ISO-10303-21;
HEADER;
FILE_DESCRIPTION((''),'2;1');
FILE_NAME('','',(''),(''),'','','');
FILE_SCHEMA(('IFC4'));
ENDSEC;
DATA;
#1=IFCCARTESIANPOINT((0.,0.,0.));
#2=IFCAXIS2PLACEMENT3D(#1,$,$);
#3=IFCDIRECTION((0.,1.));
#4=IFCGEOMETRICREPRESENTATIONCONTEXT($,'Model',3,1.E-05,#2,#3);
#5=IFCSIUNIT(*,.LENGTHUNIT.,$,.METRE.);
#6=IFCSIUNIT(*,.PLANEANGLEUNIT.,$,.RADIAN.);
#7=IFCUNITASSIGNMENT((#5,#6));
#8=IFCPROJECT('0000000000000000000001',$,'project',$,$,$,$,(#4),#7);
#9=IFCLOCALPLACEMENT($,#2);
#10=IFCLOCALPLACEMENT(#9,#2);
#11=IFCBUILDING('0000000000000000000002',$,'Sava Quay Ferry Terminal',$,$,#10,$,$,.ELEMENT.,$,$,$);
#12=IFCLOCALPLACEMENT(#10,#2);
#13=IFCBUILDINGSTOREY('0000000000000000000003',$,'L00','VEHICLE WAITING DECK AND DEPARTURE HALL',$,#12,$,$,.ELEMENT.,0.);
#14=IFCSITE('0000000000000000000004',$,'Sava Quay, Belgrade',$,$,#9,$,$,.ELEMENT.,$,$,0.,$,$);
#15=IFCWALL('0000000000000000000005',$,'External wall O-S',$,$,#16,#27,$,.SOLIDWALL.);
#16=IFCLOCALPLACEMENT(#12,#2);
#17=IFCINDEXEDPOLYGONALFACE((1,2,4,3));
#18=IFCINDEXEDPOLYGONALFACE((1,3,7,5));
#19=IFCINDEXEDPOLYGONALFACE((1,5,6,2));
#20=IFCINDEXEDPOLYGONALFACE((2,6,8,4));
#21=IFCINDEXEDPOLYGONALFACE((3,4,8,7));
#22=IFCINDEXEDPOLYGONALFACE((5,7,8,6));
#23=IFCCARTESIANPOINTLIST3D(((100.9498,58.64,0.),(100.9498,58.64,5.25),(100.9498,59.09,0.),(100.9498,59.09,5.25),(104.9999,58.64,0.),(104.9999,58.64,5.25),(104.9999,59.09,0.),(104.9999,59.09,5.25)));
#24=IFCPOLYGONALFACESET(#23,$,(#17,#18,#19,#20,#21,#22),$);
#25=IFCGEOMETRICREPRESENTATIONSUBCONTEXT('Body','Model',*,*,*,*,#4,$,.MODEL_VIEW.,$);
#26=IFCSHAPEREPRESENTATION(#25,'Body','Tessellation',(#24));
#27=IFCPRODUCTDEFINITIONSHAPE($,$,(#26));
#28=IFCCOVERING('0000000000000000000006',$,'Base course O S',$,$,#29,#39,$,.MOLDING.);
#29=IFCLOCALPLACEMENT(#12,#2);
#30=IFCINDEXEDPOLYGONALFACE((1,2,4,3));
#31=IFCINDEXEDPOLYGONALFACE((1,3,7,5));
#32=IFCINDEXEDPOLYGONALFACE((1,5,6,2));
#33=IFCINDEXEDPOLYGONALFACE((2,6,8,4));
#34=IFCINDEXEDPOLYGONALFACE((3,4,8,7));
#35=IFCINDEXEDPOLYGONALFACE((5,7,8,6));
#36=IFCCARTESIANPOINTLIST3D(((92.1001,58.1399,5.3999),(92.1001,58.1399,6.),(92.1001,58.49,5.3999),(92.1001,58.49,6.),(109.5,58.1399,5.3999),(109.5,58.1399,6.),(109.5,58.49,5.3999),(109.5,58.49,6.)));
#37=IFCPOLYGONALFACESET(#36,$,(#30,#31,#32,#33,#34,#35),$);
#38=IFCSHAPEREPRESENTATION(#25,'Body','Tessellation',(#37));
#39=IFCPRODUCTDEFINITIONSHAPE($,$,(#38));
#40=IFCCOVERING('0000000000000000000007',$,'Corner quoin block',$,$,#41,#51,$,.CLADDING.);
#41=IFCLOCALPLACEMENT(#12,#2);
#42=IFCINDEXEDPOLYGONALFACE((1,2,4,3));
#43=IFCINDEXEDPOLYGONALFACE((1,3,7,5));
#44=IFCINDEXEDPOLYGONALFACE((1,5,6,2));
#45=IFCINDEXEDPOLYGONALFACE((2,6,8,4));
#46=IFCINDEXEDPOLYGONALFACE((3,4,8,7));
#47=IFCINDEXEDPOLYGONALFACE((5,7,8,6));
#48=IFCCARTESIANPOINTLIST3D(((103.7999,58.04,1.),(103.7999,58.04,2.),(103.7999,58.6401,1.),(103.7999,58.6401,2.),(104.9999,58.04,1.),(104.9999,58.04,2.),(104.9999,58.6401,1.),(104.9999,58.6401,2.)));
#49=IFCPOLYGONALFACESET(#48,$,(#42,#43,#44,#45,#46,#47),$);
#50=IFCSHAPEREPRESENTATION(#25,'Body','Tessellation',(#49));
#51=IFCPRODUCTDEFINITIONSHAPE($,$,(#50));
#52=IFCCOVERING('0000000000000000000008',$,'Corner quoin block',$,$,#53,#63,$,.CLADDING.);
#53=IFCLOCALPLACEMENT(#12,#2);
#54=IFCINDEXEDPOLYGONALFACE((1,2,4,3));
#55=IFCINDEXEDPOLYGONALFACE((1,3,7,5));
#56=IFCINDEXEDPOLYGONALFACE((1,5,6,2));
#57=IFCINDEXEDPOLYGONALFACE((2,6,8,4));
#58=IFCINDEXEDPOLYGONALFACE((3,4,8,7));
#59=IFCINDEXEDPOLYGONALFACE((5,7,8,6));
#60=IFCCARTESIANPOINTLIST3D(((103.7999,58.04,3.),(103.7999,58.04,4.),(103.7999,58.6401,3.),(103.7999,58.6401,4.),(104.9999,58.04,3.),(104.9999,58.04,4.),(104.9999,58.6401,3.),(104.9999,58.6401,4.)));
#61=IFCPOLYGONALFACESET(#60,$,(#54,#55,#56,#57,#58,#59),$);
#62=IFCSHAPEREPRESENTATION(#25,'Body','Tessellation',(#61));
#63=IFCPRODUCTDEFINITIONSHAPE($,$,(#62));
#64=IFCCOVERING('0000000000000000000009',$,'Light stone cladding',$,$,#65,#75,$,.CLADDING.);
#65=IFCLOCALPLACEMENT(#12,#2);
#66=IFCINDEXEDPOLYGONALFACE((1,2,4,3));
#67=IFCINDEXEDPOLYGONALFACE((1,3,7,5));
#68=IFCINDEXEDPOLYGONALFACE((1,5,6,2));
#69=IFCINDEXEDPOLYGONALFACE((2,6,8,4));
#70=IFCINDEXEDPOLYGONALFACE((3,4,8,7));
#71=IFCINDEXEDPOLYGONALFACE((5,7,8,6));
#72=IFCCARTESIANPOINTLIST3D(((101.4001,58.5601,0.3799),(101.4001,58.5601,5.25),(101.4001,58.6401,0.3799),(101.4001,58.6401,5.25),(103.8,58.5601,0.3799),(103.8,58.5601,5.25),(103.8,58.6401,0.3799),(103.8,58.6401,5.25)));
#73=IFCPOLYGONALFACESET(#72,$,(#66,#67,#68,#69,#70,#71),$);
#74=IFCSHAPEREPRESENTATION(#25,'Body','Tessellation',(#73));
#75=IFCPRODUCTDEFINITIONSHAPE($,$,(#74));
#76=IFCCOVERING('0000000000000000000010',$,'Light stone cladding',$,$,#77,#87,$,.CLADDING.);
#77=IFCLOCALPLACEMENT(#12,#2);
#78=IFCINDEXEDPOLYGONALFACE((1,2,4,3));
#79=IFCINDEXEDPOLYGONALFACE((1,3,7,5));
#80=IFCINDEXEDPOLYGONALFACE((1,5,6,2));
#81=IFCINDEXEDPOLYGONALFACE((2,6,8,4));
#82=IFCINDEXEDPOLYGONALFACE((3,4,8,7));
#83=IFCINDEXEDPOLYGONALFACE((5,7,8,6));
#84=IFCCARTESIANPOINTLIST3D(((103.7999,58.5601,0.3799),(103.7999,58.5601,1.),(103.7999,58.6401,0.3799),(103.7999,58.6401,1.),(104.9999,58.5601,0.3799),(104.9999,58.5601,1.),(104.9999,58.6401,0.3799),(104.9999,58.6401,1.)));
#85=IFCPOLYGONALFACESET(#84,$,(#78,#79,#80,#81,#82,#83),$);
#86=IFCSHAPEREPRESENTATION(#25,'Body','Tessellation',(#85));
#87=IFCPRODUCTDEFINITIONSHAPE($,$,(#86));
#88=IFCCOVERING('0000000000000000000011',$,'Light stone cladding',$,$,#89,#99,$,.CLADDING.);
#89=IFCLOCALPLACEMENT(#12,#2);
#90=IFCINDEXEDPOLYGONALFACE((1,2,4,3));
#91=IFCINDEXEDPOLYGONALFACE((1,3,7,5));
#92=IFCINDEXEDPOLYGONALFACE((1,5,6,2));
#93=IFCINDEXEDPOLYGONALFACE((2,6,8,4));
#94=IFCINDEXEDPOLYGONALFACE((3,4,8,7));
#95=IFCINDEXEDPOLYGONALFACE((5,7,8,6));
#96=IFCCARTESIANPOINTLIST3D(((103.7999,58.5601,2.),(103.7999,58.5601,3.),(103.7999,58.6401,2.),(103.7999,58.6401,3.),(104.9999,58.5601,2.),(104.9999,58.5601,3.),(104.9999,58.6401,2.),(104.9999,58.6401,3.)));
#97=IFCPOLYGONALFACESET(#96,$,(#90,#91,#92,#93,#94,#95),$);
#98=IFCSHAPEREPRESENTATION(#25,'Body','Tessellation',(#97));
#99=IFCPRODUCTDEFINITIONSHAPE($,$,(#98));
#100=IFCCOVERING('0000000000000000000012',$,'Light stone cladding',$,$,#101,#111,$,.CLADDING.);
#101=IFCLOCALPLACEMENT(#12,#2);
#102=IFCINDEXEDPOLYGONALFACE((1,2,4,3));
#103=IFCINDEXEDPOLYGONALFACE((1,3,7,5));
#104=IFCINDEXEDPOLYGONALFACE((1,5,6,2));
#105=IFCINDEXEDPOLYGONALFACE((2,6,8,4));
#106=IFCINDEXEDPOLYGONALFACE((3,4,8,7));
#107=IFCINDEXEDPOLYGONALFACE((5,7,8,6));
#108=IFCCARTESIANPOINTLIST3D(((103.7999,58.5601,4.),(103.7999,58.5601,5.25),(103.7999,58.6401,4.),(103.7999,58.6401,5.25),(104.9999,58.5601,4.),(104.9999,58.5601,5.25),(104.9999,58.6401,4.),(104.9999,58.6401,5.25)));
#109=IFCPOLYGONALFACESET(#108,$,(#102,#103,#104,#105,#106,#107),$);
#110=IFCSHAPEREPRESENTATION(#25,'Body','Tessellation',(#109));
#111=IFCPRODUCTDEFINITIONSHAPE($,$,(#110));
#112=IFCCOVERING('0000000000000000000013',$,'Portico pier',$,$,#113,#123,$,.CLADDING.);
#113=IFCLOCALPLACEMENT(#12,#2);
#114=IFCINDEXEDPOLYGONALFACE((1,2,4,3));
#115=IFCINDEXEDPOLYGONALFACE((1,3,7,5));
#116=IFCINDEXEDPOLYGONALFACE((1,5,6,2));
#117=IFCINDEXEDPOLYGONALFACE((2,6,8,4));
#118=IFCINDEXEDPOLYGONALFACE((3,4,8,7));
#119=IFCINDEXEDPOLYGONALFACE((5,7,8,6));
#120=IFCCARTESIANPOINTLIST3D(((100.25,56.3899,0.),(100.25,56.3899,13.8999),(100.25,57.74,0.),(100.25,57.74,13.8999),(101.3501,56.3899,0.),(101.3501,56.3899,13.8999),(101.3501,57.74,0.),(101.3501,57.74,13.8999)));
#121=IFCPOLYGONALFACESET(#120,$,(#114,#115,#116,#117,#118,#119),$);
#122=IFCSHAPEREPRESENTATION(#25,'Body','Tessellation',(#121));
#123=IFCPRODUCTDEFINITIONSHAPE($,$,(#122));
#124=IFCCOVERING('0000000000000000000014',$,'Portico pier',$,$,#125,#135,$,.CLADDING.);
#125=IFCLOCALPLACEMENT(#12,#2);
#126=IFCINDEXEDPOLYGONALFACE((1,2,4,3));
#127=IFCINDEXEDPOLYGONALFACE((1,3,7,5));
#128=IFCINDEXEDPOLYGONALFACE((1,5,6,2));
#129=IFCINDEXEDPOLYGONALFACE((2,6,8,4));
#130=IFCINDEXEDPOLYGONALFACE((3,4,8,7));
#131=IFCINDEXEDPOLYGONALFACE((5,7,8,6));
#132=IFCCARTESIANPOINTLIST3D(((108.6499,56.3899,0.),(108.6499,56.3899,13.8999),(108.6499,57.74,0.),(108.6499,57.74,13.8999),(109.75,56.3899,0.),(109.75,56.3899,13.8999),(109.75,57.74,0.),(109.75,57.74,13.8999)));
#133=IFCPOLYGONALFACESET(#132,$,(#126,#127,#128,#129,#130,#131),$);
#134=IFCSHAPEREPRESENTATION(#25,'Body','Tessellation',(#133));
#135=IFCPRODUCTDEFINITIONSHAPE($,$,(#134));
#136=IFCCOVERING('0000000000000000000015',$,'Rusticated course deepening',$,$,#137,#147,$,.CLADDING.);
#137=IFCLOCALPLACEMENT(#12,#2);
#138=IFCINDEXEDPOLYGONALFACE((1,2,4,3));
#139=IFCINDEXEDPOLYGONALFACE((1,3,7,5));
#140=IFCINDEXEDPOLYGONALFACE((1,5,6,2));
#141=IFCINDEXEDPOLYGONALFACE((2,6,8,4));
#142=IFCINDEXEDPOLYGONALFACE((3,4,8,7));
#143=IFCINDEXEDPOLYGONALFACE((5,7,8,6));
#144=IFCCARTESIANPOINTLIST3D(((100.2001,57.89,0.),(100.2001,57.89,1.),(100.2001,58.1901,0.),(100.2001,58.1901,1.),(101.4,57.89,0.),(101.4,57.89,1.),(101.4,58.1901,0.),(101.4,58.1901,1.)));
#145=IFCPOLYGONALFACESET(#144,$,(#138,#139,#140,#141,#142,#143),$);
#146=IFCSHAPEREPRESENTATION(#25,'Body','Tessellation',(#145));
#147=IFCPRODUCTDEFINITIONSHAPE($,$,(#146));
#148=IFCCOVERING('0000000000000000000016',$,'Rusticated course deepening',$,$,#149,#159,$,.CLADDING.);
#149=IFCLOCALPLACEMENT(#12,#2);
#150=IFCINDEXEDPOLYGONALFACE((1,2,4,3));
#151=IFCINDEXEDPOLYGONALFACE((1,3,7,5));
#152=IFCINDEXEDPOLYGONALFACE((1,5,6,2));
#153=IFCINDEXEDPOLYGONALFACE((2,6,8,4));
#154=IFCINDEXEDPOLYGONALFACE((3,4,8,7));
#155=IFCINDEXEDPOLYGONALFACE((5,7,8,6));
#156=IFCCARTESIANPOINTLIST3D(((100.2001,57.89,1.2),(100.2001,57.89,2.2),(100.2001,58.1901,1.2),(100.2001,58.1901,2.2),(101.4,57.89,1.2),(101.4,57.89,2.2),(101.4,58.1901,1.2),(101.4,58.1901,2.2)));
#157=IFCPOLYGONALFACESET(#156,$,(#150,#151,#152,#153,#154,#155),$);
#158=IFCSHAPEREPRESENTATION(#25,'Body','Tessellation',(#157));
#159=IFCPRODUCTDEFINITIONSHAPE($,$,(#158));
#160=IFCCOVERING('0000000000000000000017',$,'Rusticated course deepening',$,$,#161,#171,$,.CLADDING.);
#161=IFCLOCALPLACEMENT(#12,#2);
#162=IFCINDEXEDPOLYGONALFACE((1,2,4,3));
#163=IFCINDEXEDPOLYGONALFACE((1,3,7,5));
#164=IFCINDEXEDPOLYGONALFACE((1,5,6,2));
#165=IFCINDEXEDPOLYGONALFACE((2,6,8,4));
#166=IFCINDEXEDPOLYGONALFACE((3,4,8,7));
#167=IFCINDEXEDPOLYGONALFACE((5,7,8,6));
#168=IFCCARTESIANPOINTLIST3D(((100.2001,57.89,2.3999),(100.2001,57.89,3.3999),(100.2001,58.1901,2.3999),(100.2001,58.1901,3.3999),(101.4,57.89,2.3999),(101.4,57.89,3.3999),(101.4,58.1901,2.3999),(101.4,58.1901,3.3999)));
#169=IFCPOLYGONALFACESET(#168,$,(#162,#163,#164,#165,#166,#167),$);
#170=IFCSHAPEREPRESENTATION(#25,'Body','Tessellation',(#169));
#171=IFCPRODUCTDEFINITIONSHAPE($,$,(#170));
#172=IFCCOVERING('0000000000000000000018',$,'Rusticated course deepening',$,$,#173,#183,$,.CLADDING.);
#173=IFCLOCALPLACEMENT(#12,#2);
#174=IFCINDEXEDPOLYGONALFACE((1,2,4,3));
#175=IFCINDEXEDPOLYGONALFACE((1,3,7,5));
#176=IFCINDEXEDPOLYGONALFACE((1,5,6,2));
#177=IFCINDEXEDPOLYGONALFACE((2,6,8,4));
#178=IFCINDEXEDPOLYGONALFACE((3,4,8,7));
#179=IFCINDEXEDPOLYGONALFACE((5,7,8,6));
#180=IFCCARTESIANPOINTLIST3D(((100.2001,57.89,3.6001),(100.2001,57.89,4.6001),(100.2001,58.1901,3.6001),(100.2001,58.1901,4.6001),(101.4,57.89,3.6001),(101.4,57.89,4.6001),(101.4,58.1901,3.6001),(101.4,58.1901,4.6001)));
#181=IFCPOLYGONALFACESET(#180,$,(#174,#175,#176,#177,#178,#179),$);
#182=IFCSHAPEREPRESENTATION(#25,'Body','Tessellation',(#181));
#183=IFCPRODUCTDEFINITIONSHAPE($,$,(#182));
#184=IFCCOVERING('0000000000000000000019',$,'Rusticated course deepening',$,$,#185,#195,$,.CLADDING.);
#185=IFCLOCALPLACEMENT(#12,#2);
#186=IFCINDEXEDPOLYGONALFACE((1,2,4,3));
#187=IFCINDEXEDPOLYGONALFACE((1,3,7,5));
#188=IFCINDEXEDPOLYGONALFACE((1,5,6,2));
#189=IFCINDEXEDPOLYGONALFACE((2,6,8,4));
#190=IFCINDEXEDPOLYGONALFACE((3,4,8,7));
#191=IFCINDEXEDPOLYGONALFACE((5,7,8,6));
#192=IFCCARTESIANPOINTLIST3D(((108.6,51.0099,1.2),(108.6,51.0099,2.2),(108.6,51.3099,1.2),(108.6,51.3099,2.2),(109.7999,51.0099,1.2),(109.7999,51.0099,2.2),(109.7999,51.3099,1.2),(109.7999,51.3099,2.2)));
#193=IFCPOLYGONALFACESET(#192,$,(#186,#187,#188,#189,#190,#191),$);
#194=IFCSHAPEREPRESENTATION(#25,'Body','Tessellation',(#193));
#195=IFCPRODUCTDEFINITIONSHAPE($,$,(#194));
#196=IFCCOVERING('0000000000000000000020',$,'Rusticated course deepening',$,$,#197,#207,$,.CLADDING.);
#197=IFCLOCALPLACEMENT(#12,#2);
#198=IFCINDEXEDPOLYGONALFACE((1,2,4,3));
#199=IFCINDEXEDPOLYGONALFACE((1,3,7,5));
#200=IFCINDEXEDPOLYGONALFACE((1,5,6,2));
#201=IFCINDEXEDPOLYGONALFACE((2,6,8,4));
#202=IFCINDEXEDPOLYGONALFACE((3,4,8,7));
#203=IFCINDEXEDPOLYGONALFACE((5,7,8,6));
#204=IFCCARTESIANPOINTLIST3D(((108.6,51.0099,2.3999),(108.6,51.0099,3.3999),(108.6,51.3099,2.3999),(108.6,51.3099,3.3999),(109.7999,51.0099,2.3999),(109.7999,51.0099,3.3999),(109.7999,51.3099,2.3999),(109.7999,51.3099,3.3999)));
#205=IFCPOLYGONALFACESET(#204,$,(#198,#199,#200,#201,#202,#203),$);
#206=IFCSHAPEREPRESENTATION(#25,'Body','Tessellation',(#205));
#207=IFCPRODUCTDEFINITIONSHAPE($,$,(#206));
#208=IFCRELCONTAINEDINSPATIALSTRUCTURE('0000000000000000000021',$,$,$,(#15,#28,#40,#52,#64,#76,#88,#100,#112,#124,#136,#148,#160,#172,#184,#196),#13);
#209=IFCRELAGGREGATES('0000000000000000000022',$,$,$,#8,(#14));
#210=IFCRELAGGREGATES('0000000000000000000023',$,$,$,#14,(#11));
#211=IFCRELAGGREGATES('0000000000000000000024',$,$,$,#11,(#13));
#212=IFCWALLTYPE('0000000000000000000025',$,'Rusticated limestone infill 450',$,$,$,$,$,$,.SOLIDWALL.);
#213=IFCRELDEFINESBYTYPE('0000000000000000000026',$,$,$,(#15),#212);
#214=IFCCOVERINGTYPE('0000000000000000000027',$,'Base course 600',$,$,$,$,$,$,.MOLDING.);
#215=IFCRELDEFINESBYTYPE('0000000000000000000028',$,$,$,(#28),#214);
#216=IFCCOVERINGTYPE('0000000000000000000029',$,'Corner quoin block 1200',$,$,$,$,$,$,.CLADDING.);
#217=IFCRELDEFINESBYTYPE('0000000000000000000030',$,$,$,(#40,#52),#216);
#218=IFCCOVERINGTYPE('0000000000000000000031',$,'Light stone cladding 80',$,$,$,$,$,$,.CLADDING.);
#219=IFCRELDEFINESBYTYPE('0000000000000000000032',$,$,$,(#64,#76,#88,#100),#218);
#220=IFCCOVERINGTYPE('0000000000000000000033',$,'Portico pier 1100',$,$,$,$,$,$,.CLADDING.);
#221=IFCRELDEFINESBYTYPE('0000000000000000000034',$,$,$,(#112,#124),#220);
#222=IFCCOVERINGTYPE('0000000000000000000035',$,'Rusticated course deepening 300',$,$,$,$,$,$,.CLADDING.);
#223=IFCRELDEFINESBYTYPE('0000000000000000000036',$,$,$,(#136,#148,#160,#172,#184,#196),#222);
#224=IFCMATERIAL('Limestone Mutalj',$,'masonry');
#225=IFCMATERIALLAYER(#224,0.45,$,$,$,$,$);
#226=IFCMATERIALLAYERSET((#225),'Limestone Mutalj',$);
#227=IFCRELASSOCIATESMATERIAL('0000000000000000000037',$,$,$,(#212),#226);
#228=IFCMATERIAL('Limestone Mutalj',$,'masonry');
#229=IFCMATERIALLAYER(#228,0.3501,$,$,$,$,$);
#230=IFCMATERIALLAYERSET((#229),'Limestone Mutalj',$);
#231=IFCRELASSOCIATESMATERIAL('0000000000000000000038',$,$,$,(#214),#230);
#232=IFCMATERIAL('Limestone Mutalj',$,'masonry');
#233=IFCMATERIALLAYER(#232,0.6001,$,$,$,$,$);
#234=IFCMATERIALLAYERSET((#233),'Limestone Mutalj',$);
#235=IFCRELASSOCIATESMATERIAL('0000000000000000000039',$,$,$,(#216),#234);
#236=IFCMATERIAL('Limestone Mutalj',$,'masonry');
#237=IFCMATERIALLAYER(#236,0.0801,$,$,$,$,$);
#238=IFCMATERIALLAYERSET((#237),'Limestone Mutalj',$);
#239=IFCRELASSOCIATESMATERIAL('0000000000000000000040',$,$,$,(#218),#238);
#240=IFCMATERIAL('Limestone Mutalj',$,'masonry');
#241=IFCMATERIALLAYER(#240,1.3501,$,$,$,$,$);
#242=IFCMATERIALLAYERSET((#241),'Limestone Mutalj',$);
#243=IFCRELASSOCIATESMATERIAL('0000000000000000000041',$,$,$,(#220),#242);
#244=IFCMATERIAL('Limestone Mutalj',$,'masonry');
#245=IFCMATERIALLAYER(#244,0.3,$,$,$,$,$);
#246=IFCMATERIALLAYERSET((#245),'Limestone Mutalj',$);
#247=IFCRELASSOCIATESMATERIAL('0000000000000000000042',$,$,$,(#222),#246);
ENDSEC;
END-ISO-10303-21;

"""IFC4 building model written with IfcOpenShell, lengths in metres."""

from ifc_helpers import new_model, si_unit, direction, frame, frame_2d, origin, origin_2d, place, context, subcontext, project, spatial, rectangle, extrude, material, layer, layer_set, type_object, element, save


model = new_model("IFC4")

# Units and contexts
model_context = context("Model", 3, precision=1e-05, world=origin(), true_north=direction((0.0, 1.0)))
body_context = subcontext(model_context, "Body", "Model", "MODEL_VIEW")
ifc_project = project(units=[si_unit("LENGTHUNIT", "METRE"), si_unit("PLANEANGLEUNIT", "RADIAN")], contexts=[model_context])

# Site, building, storey
site_placement = place(None, origin())
site = spatial("IfcSite", under=ifc_project, at=site_placement, Name="Sava Quay, Belgrade", CompositionType="ELEMENT", RefElevation=0.0)
building_placement = place(site_placement, origin())
building = spatial("IfcBuilding", under=site, at=building_placement, Name="Sava Quay Ferry Terminal", CompositionType="ELEMENT")
storey_placement = place(building_placement, origin())
storey = spatial("IfcBuildingStorey", under=building, at=storey_placement, Name="L00", Description="VEHICLE WAITING DECK AND DEPARTURE HALL", CompositionType="ELEMENT", Elevation=0.0)

# Wall
ifc_material_1 = material(Name="Limestone Mutalj", Category="masonry")
ifc_layer_1 = layer(ifc_material_1, 0.45)
ifc_layer_set_1 = layer_set([ifc_layer_1], Name="Limestone Mutalj")
wall_type_1 = type_object("IfcWallType", Name="Rusticated limestone infill 450", PredefinedType="SOLIDWALL", material=ifc_layer_set_1)
wall_1_placement = place(storey_placement, frame((100.95, 58.865, 0.0), z_axis=(0.0, 0.0, 1.0), x_axis=(1.0, 0.0, 0.0)))
element("IfcWall", 1, at=wall_1_placement, inside=storey, type_object=wall_type_1, Name="External wall O-S", PredefinedType="SOLIDWALL", context=body_context, shape_type="SweptSolid", body=[
    extrude(rectangle(XDim=4.05, YDim=0.45, at=frame_2d((2.0249, 0.0))), origin(), (0.0, 0.0, 1.0), 5.25),
])

# Coverings
ifc_material_2 = material(Name="Limestone Mutalj", Category="masonry")
ifc_layer_2 = layer(ifc_material_2, 0.3501)
ifc_layer_set_2 = layer_set([ifc_layer_2], Name="Limestone Mutalj")
covering_type_1 = type_object("IfcCoveringType", Name="Base course 600", PredefinedType="MOLDING", material=ifc_layer_set_2)
covering_1_placement = place(storey_placement, frame((100.8, 58.3149, 5.3999), z_axis=(0.0, 0.0, 1.0), x_axis=(1.0, 0.0, 0.0)))
element("IfcCovering", 2, at=covering_1_placement, inside=storey, type_object=covering_type_1, Name="Base course O S", PredefinedType="MOLDING", context=body_context, shape_type="SweptSolid", body=[
    extrude(rectangle(XDim=17.3999, YDim=0.3501, at=origin_2d()), origin(), (0.0, 0.0, 1.0), 0.6001),
])
ifc_material_3 = material(Name="Limestone Mutalj", Category="masonry")
ifc_layer_3 = layer(ifc_material_3, 0.6001)
ifc_layer_set_3 = layer_set([ifc_layer_3], Name="Limestone Mutalj")
covering_type_2 = type_object("IfcCoveringType", Name="Corner quoin block 1200", PredefinedType="CLADDING", material=ifc_layer_set_3)
for number, where, z_axis, x_axis, name in (
    (3, (104.3999, 58.3401, 1.0), (0.0, 0.0, 1.0), (1.0, 0.0, 0.0), "Corner quoin block"),
    (4, (104.3999, 58.3401, 3.0), (0.0, 0.0, 1.0), (1.0, 0.0, 0.0), "Corner quoin block"),
):
    element("IfcCovering", number, at=place(storey_placement, frame(where, z_axis=z_axis, x_axis=x_axis)), inside=storey, type_object=covering_type_2, Name=name, PredefinedType="CLADDING", context=body_context, shape_type="SweptSolid", body=[
        extrude(rectangle(XDim=1.2, YDim=0.6001, at=origin_2d()), origin(), (0.0, 0.0, 1.0), 1.0),
    ])
ifc_material_4 = material(Name="Limestone Mutalj", Category="masonry")
ifc_layer_4 = layer(ifc_material_4, 0.0801)
ifc_layer_set_4 = layer_set([ifc_layer_4], Name="Limestone Mutalj")
covering_type_3 = type_object("IfcCoveringType", Name="Light stone cladding 80", PredefinedType="CLADDING", material=ifc_layer_set_4)
covering_2_placement = place(storey_placement, frame((102.6001, 58.6001, 0.3799), z_axis=(0.0, 0.0, 1.0), x_axis=(1.0, 0.0, 0.0)))
element("IfcCovering", 5, at=covering_2_placement, inside=storey, type_object=covering_type_3, Name="Light stone cladding", PredefinedType="CLADDING", context=body_context, shape_type="SweptSolid", body=[
    extrude(rectangle(XDim=2.3999, YDim=0.0801, at=origin_2d()), origin(), (0.0, 0.0, 1.0), 4.8701),
])
covering_3_placement = place(storey_placement, frame((104.3999, 58.6001, 0.3799), z_axis=(0.0, 0.0, 1.0), x_axis=(1.0, 0.0, 0.0)))
element("IfcCovering", 6, at=covering_3_placement, inside=storey, type_object=covering_type_3, Name="Light stone cladding", PredefinedType="CLADDING", context=body_context, shape_type="SweptSolid", body=[
    extrude(rectangle(XDim=1.2, YDim=0.0801, at=origin_2d()), origin(), (0.0, 0.0, 1.0), 0.6201),
])
covering_4_placement = place(storey_placement, frame((104.3999, 58.6001, 2.0), z_axis=(0.0, 0.0, 1.0), x_axis=(1.0, 0.0, 0.0)))
element("IfcCovering", 7, at=covering_4_placement, inside=storey, type_object=covering_type_3, Name="Light stone cladding", PredefinedType="CLADDING", context=body_context, shape_type="SweptSolid", body=[
    extrude(rectangle(XDim=1.2, YDim=0.0801, at=origin_2d()), origin(), (0.0, 0.0, 1.0), 1.0),
])
covering_5_placement = place(storey_placement, frame((104.3999, 58.6001, 4.0), z_axis=(0.0, 0.0, 1.0), x_axis=(1.0, 0.0, 0.0)))
element("IfcCovering", 8, at=covering_5_placement, inside=storey, type_object=covering_type_3, Name="Light stone cladding", PredefinedType="CLADDING", context=body_context, shape_type="SweptSolid", body=[
    extrude(rectangle(XDim=1.2, YDim=0.0801, at=origin_2d()), origin(), (0.0, 0.0, 1.0), 1.25),
])
ifc_material_5 = material(Name="Limestone Mutalj", Category="masonry")
ifc_layer_5 = layer(ifc_material_5, 1.3501)
ifc_layer_set_5 = layer_set([ifc_layer_5], Name="Limestone Mutalj")
covering_type_4 = type_object("IfcCoveringType", Name="Portico pier 1100", PredefinedType="CLADDING", material=ifc_layer_set_5)
for number, where, z_axis, x_axis, name in (
    (9, (100.8, 57.0649, 0.0), (0.0, 0.0, 1.0), (1.0, 0.0, 0.0), "Portico pier"),
    (10, (109.2, 57.0649, 0.0), (0.0, 0.0, 1.0), (1.0, 0.0, 0.0), "Portico pier"),
):
    element("IfcCovering", number, at=place(storey_placement, frame(where, z_axis=z_axis, x_axis=x_axis)), inside=storey, type_object=covering_type_4, Name=name, PredefinedType="CLADDING", context=body_context, shape_type="SweptSolid", body=[
        extrude(rectangle(XDim=1.1001, YDim=1.3501, at=origin_2d()), origin(), (0.0, 0.0, 1.0), 13.8999),
    ])
ifc_material_6 = material(Name="Limestone Mutalj", Category="masonry")
ifc_layer_6 = layer(ifc_material_6, 0.3)
ifc_layer_set_6 = layer_set([ifc_layer_6], Name="Limestone Mutalj")
covering_type_5 = type_object("IfcCoveringType", Name="Rusticated course deepening 300", PredefinedType="CLADDING", material=ifc_layer_set_6)
for number, where, z_axis, x_axis, name in (
    (11, (100.8, 58.04, 0.0), (0.0, 0.0, 1.0), (1.0, 0.0, 0.0), "Rusticated course deepening"),
    (12, (100.8, 58.04, 1.2), (0.0, 0.0, 1.0), (1.0, 0.0, 0.0), "Rusticated course deepening"),
    (13, (100.8, 58.04, 2.3999), (0.0, 0.0, 1.0), (1.0, 0.0, 0.0), "Rusticated course deepening"),
    (14, (100.8, 58.04, 3.6001), (0.0, 0.0, 1.0), (1.0, 0.0, 0.0), "Rusticated course deepening"),
    (15, (109.2, 51.1599, 1.2), (0.0, 0.0, 1.0), (1.0, 0.0, 0.0), "Rusticated course deepening"),
    (16, (109.2, 51.1599, 2.3999), (0.0, 0.0, 1.0), (1.0, 0.0, 0.0), "Rusticated course deepening"),
):
    element("IfcCovering", number, at=place(storey_placement, frame(where, z_axis=z_axis, x_axis=x_axis)), inside=storey, type_object=covering_type_5, Name=name, PredefinedType="CLADDING", context=body_context, shape_type="SweptSolid", body=[
        extrude(rectangle(XDim=1.2, YDim=0.3, at=origin_2d()), origin(), (0.0, 0.0, 1.0), 1.0),
    ])

save(model, "model.ifc")
